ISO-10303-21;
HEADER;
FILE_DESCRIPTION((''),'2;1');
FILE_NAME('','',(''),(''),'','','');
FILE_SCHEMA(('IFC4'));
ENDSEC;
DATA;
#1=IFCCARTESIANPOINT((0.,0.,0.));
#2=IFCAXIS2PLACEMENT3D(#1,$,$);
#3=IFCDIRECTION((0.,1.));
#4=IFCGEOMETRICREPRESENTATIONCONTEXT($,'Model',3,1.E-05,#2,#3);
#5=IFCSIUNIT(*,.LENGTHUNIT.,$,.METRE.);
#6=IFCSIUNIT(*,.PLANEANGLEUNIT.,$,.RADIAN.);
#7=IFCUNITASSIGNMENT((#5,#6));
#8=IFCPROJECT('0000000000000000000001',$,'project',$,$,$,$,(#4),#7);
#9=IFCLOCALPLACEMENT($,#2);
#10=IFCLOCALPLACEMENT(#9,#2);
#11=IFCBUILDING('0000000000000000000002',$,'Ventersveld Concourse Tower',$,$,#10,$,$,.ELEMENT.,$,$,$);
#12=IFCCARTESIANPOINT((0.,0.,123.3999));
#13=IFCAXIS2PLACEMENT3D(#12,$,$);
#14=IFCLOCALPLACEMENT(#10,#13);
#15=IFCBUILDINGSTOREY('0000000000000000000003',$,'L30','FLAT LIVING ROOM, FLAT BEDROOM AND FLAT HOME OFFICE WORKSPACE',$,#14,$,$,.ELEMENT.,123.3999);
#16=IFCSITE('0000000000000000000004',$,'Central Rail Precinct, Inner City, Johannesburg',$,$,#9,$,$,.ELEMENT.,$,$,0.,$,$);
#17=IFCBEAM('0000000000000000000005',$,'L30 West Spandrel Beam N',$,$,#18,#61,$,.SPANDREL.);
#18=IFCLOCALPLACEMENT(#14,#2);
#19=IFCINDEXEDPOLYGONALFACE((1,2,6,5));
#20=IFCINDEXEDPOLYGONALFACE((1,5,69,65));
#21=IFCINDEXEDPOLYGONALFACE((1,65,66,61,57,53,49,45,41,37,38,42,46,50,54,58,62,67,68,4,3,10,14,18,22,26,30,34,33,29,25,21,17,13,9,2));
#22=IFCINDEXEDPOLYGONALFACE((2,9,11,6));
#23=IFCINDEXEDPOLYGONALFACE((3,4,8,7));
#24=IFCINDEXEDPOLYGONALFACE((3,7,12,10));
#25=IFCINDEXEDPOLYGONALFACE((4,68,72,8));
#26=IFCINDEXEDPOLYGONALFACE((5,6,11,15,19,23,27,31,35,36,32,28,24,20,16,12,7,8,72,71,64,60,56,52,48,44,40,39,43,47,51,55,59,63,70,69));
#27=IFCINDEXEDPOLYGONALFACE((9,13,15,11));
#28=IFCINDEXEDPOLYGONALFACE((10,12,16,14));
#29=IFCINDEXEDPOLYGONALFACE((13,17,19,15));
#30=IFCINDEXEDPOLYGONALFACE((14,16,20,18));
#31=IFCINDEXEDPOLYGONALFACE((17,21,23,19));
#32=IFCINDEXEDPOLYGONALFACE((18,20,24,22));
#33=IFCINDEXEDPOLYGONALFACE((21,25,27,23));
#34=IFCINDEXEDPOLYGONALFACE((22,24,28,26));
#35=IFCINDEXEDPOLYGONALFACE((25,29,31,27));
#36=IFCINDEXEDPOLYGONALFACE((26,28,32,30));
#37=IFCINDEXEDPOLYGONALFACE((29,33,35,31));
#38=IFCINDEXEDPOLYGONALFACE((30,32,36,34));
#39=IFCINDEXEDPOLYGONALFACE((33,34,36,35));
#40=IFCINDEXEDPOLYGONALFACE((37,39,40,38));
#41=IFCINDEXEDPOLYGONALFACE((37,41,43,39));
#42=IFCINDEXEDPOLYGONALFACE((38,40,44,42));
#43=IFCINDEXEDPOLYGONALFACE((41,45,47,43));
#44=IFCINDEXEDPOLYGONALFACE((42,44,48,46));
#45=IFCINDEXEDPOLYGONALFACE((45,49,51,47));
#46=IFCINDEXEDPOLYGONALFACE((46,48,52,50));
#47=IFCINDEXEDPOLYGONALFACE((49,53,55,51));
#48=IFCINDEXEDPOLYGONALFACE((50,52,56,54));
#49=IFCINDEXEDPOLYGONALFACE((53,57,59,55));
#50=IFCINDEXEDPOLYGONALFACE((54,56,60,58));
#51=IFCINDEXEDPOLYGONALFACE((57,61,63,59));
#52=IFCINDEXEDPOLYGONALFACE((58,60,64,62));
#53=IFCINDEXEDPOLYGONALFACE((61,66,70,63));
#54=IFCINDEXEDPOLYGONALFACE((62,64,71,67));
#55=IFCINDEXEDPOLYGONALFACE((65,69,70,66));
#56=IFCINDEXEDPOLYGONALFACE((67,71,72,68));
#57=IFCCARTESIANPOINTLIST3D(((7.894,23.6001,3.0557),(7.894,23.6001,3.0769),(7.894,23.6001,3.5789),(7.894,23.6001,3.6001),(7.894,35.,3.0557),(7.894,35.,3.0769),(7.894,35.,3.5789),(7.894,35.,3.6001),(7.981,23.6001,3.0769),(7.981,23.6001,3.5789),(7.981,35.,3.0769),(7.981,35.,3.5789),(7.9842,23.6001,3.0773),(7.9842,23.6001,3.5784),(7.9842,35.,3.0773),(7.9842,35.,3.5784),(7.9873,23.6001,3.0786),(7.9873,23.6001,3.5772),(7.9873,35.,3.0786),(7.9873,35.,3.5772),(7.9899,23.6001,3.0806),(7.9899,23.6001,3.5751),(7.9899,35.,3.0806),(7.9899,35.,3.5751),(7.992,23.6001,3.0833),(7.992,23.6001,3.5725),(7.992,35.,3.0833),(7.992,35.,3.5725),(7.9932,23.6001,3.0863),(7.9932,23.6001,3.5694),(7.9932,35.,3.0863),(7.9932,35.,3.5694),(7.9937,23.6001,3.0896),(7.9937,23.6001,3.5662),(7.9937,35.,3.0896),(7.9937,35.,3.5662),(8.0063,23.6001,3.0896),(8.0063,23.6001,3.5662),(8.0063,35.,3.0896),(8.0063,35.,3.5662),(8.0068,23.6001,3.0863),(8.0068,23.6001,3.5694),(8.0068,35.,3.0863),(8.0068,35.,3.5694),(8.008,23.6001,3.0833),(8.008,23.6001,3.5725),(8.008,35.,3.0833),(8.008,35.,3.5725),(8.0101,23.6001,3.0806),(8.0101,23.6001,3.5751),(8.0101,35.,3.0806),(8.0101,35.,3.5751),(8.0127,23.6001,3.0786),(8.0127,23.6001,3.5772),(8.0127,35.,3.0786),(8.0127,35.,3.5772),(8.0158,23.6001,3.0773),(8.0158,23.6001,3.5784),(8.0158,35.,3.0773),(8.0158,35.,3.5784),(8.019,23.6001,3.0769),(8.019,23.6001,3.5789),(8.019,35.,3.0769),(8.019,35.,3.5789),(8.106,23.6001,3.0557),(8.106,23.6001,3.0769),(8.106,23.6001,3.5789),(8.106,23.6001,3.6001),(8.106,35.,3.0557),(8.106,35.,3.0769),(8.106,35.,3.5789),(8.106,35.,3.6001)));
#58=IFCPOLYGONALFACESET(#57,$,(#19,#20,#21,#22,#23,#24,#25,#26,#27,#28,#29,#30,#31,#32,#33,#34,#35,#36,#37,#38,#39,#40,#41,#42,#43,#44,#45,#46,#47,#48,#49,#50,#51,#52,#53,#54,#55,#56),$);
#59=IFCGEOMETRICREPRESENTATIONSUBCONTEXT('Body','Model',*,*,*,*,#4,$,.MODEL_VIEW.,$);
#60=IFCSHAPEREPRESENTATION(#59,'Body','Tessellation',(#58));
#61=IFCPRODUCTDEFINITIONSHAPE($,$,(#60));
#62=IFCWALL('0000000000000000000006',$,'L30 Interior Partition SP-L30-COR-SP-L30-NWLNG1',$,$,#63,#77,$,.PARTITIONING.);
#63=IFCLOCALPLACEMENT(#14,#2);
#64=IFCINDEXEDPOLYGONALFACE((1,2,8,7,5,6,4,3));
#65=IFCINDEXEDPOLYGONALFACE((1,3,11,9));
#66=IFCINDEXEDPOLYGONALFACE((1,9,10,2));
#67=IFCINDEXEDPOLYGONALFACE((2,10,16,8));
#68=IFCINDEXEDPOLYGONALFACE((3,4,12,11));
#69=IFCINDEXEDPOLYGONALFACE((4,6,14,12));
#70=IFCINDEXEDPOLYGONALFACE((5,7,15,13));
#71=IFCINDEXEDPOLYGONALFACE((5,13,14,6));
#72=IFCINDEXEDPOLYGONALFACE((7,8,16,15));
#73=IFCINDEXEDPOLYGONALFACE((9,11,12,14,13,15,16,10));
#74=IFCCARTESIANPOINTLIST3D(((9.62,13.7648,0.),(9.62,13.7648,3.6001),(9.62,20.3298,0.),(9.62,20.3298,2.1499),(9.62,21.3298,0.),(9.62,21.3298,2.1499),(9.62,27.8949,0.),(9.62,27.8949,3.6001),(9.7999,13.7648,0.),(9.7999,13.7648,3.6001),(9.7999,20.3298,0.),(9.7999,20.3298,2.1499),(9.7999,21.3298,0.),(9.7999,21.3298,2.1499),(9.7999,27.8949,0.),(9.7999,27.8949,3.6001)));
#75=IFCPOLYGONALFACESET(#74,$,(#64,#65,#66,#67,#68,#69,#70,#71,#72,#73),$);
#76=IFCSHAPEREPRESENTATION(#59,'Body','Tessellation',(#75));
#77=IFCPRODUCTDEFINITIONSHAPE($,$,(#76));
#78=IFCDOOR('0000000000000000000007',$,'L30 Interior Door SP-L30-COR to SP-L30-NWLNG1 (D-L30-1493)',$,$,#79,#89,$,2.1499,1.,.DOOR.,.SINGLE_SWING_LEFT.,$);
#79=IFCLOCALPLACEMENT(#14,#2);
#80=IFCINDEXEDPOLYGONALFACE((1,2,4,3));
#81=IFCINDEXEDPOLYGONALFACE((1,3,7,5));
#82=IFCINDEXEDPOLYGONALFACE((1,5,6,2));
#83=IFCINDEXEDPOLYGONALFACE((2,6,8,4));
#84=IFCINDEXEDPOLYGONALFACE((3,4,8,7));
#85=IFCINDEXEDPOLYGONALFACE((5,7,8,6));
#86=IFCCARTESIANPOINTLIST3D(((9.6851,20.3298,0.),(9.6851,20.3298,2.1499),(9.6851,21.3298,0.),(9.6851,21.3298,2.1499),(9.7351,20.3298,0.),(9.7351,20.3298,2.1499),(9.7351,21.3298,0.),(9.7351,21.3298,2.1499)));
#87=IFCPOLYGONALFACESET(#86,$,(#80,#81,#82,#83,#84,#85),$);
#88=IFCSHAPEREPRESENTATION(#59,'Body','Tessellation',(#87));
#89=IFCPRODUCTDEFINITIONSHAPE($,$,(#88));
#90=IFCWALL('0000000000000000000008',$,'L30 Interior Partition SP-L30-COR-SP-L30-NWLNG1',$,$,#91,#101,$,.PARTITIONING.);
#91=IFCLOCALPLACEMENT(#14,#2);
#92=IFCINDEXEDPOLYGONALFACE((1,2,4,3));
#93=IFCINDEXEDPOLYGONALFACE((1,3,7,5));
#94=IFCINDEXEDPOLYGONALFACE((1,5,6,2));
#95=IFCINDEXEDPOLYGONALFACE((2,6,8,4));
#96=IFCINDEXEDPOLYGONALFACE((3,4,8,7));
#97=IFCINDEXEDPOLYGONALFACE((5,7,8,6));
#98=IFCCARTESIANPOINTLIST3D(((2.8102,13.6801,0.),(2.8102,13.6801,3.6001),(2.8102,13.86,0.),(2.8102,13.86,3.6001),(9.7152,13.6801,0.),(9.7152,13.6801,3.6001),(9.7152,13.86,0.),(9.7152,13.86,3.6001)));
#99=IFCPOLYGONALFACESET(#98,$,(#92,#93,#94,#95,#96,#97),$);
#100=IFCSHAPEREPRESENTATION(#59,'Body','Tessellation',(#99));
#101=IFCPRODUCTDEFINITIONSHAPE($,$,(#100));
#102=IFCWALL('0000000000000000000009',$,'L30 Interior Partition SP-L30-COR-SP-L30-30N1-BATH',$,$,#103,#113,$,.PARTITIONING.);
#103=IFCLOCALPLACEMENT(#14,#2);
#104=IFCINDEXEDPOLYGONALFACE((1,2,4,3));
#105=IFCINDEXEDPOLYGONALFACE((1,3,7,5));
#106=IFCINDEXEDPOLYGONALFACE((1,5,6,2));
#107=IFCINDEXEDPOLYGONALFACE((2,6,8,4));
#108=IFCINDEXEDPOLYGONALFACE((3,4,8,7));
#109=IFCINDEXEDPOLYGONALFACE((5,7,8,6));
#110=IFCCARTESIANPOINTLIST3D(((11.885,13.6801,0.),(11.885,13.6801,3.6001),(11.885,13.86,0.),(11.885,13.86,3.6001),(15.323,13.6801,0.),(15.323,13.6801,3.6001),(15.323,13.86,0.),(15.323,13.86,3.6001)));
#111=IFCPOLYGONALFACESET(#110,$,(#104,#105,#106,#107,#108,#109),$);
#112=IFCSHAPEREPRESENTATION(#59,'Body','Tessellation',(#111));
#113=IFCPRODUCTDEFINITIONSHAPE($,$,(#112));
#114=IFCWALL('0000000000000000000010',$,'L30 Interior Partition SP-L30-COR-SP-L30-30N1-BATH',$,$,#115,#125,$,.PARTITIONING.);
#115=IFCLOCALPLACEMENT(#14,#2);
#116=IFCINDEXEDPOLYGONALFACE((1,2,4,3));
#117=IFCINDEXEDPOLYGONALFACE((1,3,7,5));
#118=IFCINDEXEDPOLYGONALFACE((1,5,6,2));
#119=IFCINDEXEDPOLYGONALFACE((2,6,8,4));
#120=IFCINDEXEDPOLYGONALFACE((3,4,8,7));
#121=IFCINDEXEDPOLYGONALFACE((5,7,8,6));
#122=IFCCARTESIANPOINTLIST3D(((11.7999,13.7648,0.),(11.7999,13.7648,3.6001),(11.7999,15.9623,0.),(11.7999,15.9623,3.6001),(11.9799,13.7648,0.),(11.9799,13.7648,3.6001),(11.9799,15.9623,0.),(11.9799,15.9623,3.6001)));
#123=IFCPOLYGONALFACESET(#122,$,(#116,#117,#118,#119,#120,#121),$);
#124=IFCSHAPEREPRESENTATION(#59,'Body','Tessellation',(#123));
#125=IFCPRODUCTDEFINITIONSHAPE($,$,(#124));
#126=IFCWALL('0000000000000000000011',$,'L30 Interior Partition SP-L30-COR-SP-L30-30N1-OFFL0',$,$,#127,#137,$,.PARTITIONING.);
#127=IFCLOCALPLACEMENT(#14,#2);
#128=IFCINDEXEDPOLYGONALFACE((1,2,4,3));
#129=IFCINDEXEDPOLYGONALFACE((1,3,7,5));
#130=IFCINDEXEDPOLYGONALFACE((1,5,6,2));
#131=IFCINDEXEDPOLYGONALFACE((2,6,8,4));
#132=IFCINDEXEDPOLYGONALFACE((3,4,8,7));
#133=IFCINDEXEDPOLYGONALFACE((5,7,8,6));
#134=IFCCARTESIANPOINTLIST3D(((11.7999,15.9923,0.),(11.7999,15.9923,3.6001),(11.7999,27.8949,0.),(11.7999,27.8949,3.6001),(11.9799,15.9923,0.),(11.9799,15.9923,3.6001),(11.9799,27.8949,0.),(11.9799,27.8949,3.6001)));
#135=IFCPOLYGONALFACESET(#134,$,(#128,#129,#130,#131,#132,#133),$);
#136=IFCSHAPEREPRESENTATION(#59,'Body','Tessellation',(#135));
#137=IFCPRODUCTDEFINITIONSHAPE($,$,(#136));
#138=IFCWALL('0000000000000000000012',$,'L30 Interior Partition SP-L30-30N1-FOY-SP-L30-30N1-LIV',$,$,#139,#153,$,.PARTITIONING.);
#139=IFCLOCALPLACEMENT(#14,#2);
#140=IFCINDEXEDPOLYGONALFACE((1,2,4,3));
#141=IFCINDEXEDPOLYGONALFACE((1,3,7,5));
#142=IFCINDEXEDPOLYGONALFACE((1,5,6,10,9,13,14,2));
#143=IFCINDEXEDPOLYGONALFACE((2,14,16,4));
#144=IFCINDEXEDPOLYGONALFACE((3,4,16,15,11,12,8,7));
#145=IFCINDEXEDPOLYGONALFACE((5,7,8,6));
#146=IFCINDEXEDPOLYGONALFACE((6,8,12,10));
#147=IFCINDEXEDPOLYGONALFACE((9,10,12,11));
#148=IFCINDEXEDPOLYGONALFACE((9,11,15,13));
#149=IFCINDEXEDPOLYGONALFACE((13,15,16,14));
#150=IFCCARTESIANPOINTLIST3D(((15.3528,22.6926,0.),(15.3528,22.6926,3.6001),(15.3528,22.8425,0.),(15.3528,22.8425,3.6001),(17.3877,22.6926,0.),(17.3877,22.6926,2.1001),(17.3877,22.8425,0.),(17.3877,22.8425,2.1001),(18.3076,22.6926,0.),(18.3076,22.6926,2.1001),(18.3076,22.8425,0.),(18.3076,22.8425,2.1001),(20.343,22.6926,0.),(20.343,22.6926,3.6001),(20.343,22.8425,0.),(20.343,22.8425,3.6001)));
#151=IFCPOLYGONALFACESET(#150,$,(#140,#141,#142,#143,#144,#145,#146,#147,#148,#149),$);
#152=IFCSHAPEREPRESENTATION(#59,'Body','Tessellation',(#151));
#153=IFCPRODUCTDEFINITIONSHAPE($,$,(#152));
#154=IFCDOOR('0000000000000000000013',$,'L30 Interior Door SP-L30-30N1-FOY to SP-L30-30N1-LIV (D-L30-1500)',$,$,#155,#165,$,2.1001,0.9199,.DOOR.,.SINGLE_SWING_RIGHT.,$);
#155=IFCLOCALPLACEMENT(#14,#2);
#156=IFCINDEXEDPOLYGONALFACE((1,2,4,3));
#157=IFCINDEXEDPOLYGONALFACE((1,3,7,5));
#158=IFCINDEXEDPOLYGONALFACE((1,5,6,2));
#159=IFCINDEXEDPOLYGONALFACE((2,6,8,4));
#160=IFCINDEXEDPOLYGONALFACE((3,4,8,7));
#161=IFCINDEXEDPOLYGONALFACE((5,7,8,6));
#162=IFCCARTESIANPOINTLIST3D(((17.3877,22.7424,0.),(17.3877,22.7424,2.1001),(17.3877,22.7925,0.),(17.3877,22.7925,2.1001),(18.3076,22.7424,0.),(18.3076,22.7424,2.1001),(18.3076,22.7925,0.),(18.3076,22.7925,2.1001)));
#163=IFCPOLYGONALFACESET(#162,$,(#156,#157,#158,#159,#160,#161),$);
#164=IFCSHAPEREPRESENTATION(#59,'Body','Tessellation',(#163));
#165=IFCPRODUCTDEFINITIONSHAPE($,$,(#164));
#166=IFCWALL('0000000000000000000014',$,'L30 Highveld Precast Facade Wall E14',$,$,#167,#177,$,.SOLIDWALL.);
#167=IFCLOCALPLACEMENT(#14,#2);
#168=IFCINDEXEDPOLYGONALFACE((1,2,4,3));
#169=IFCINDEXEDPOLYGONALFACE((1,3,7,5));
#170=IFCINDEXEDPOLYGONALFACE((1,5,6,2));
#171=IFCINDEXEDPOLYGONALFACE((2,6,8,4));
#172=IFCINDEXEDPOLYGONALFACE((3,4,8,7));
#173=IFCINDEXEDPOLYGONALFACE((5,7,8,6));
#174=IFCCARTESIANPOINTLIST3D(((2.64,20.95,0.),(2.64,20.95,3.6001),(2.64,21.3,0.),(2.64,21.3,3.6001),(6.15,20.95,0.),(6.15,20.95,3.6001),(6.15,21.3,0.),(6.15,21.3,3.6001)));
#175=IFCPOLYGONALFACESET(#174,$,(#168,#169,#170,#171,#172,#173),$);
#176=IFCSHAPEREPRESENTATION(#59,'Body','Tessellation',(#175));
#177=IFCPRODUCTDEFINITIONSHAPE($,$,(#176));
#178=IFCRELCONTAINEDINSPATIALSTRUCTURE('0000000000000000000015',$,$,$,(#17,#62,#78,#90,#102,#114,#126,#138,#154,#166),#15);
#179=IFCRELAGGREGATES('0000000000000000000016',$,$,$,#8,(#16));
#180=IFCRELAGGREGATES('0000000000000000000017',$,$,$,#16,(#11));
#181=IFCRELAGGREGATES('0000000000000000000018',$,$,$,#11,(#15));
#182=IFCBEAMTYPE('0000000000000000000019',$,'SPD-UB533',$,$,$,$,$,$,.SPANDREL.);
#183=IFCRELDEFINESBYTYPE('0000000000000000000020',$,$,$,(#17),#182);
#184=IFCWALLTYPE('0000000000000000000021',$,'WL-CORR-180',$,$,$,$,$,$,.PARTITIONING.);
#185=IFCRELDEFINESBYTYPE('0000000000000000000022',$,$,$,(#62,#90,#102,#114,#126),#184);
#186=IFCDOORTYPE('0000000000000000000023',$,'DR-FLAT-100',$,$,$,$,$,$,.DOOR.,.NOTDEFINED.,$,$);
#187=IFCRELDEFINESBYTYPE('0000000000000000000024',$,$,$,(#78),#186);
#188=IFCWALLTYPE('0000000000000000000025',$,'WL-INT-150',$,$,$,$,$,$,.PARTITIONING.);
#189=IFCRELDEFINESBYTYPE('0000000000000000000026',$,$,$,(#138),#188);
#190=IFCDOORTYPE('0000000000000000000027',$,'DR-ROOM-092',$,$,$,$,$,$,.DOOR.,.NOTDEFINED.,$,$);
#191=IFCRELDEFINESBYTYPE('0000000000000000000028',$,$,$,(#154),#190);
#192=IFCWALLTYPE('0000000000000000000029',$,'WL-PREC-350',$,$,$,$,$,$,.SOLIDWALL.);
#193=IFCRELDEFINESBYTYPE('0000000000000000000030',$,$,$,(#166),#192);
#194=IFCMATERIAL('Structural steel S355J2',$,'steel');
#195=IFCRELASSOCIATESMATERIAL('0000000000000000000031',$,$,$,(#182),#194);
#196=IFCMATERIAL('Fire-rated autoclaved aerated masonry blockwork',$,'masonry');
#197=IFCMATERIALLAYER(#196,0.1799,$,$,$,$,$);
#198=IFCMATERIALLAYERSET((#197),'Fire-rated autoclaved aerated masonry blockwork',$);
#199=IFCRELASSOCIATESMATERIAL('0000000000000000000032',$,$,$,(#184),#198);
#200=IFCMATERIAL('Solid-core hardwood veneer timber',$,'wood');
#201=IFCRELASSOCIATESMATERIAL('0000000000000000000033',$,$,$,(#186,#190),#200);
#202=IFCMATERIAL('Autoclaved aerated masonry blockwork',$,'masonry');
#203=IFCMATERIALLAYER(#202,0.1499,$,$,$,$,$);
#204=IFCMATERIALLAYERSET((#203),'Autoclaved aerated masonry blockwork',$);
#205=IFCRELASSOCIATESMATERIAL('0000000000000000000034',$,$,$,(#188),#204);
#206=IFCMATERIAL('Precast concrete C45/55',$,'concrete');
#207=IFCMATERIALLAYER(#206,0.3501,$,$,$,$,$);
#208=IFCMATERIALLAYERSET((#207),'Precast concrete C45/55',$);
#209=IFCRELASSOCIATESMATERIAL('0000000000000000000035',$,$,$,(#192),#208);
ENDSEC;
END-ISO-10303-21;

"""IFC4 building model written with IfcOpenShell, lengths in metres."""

from ifc_helpers import new_model, si_unit, direction, frame, frame_2d, origin, origin_2d, place, context, subcontext, project, spatial, rectangle, i_section, extrude, material, layer, layer_set, material_profile, profile_set, type_object, element, fill, save


model = new_model("IFC4")

# Units and contexts
model_context = context("Model", 3, precision=1e-05, world=origin(), true_north=direction((0.0, 1.0)))
body_context = subcontext(model_context, "Body", "Model", "MODEL_VIEW")
ifc_project = project(units=[si_unit("LENGTHUNIT", "METRE"), si_unit("PLANEANGLEUNIT", "RADIAN")], contexts=[model_context])

# Site, building, storey
site_placement = place(None, origin())
site = spatial("IfcSite", under=ifc_project, at=site_placement, Name="Central Rail Precinct, Inner City, Johannesburg", CompositionType="ELEMENT", RefElevation=0.0)
building_placement = place(site_placement, origin())
building = spatial("IfcBuilding", under=site, at=building_placement, Name="Ventersveld Concourse Tower", CompositionType="ELEMENT")
storey_placement = place(building_placement, frame((0.0, 0.0, 123.3999)))
storey = spatial("IfcBuildingStorey", under=building, at=storey_placement, Name="L30", Description="FLAT LIVING ROOM, FLAT BEDROOM AND FLAT HOME OFFICE WORKSPACE", CompositionType="ELEMENT", Elevation=123.3999)

# Beam
ifc_material_1 = material(Name="Structural steel S355J2", Category="steel")
ifc_material_profile_1 = material_profile(ifc_material_1, i_section(OverallWidth=0.2119, OverallDepth=0.5444, WebThickness=0.0127, FlangeThickness=0.0212, FilletRadius=0.0127, at=origin_2d()), Name="UB 533x210x122")
ifc_profile_set_1 = profile_set([ifc_material_profile_1], Name="Structural steel S355J2")
beam_type_1 = type_object("IfcBeamType", Name="SPD-UB533", PredefinedType="SPANDREL", material=ifc_profile_set_1)
beam_1_placement = place(storey_placement, frame((8.0, 23.6001, 3.3279), z_axis=(0.0, 1.0, 0.0), x_axis=(-1.0, 0.0, 0.0)))
element("IfcBeam", 1, at=beam_1_placement, inside=storey, type_object=beam_type_1, Name="L30 West Spandrel Beam N", PredefinedType="SPANDREL", context=body_context, shape_type="SweptSolid", body=[
    extrude(i_section(OverallWidth=0.2119, OverallDepth=0.5444, WebThickness=0.0127, FlangeThickness=0.0212, FilletRadius=0.0127, at=origin_2d()), origin(), (0.0, 0.0, 1.0), 11.3999),
])

# Wall, opening, door
ifc_material_2 = material(Name="Fire-rated autoclaved aerated masonry blockwork", Category="masonry")
ifc_layer_1 = layer(ifc_material_2, 0.1799)
ifc_layer_set_1 = layer_set([ifc_layer_1], Name="Fire-rated autoclaved aerated masonry blockwork")
wall_type_1 = type_object("IfcWallType", Name="WL-CORR-180", PredefinedType="PARTITIONING", material=ifc_layer_set_1)
wall_1_placement = place(storey_placement, frame((9.71, 13.7649, 0.0), z_axis=(0.0, 0.0, 1.0), x_axis=(0.0, 1.0, 0.0)))
wall_1 = element("IfcWall", 2, at=wall_1_placement, inside=storey, type_object=wall_type_1, Name="L30 Interior Partition SP-L30-COR-SP-L30-NWLNG1", PredefinedType="PARTITIONING", context=body_context, shape_type="SweptSolid", body=[
    extrude(rectangle(XDim=14.1301, YDim=0.1799, at=frame_2d((7.0649, 0.0))), origin(), (0.0, 0.0, 1.0), 3.6001),
])
opening_1_placement = place(wall_1_placement, frame((6.5649, 0.0, 0.0)))
opening_1 = element("IfcOpeningElement", 3, at=opening_1_placement, cuts=wall_1, PredefinedType="OPENING", context=body_context, shape_type="SweptSolid", body=[
    extrude(rectangle(XDim=1.0, YDim=2.1499, at=frame_2d((0.5, 1.075))), frame((0.0, 0.1001, 0.0), z_axis=(0.0, -1.0, 0.0), x_axis=(1.0, 0.0, 0.0)), (0.0, 0.0, 1.0), 0.2),
])
ifc_material_3 = material(Name="Solid-core hardwood veneer timber", Category="wood")
door_type_1 = type_object("IfcDoorType", Name="DR-FLAT-100", OperationType="NOTDEFINED", PredefinedType="DOOR", material=ifc_material_3)
door_1_placement = place(opening_1_placement, origin())
door_1 = element("IfcDoor", 4, at=door_1_placement, inside=storey, type_object=door_type_1, Name="L30 Interior Door SP-L30-COR to SP-L30-NWLNG1 (D-L30-1493)", OperationType="SINGLE_SWING_LEFT", OverallHeight=2.1499, OverallWidth=1.0, PredefinedType="DOOR", context=body_context, shape_type="SweptSolid", body=[
    extrude(rectangle(XDim=1.0, YDim=2.1499, at=frame_2d((0.5, 1.075))), frame((0.0, 0.0249, 0.0), z_axis=(0.0, -1.0, 0.0), x_axis=(1.0, 0.0, 0.0)), (0.0, 0.0, 1.0), 0.05),
])
fill(opening_1, door_1)

# Wall
wall_2_placement = place(storey_placement, frame((2.8101, 13.77, 0.0), z_axis=(0.0, 0.0, 1.0), x_axis=(1.0, 0.0, 0.0)))
element("IfcWall", 5, at=wall_2_placement, inside=storey, type_object=wall_type_1, Name="L30 Interior Partition SP-L30-COR-SP-L30-NWLNG1", PredefinedType="PARTITIONING", context=body_context, shape_type="SweptSolid", body=[
    extrude(rectangle(XDim=6.905, YDim=0.1799, at=frame_2d((3.4526, 0.0))), origin(), (0.0, 0.0, 1.0), 3.6001),
])

# Walls
wall_3_placement = place(storey_placement, frame((11.885, 13.77, 0.0), z_axis=(0.0, 0.0, 1.0), x_axis=(1.0, 0.0, 0.0)))
element("IfcWall", 6, at=wall_3_placement, inside=storey, type_object=wall_type_1, Name="L30 Interior Partition SP-L30-COR-SP-L30-30N1-BATH", PredefinedType="PARTITIONING", context=body_context, shape_type="SweptSolid", body=[
    extrude(rectangle(XDim=3.438, YDim=0.1799, at=frame_2d((1.719, 0.0))), origin(), (0.0, 0.0, 1.0), 3.6001),
])
wall_4_placement = place(storey_placement, frame((11.8899, 13.7649, 0.0), z_axis=(0.0, 0.0, 1.0), x_axis=(0.0, 1.0, 0.0)))
element("IfcWall", 7, at=wall_4_placement, inside=storey, type_object=wall_type_1, Name="L30 Interior Partition SP-L30-COR-SP-L30-30N1-BATH", PredefinedType="PARTITIONING", context=body_context, shape_type="SweptSolid", body=[
    extrude(rectangle(XDim=2.1975, YDim=0.1799, at=frame_2d((1.0986, 0.0))), origin(), (0.0, 0.0, 1.0), 3.6001),
])
wall_5_placement = place(storey_placement, frame((11.8899, 15.9924, 0.0), z_axis=(0.0, 0.0, 1.0), x_axis=(0.0, 1.0, 0.0)))
element("IfcWall", 8, at=wall_5_placement, inside=storey, type_object=wall_type_1, Name="L30 Interior Partition SP-L30-COR-SP-L30-30N1-OFFL0", PredefinedType="PARTITIONING", context=body_context, shape_type="SweptSolid", body=[
    extrude(rectangle(XDim=11.9026, YDim=0.1799, at=frame_2d((5.9512, 0.0))), origin(), (0.0, 0.0, 1.0), 3.6001),
])

# Wall, opening, door
ifc_material_4 = material(Name="Autoclaved aerated masonry blockwork", Category="masonry")
ifc_layer_2 = layer(ifc_material_4, 0.1499)
ifc_layer_set_2 = layer_set([ifc_layer_2], Name="Autoclaved aerated masonry blockwork")
wall_type_2 = type_object("IfcWallType", Name="WL-INT-150", PredefinedType="PARTITIONING", material=ifc_layer_set_2)
wall_6_placement = place(storey_placement, frame((15.3528, 22.7676, 0.0), z_axis=(0.0, 0.0, 1.0), x_axis=(1.0, 0.0, 0.0)))
wall_6 = element("IfcWall", 9, at=wall_6_placement, inside=storey, type_object=wall_type_2, Name="L30 Interior Partition SP-L30-30N1-FOY-SP-L30-30N1-LIV", PredefinedType="PARTITIONING", context=body_context, shape_type="SweptSolid", body=[
    extrude(rectangle(XDim=4.9902, YDim=0.1499, at=frame_2d((2.4951, 0.0))), origin(), (0.0, 0.0, 1.0), 3.6001),
])
opening_2_placement = place(wall_6_placement, frame((2.0349, 0.0, 0.0)))
opening_2 = element("IfcOpeningElement", 10, at=opening_2_placement, cuts=wall_6, PredefinedType="OPENING", context=body_context, shape_type="SweptSolid", body=[
    extrude(rectangle(XDim=0.9199, YDim=2.1001, at=frame_2d((0.46, 1.05))), frame((0.0, 0.085, 0.0), z_axis=(0.0, -1.0, 0.0), x_axis=(1.0, 0.0, 0.0)), (0.0, 0.0, 1.0), 0.1699),
])
door_type_2 = type_object("IfcDoorType", Name="DR-ROOM-092", OperationType="NOTDEFINED", PredefinedType="DOOR", material=ifc_material_3)
door_2_placement = place(opening_2_placement, origin())
door_2 = element("IfcDoor", 11, at=door_2_placement, inside=storey, type_object=door_type_2, Name="L30 Interior Door SP-L30-30N1-FOY to SP-L30-30N1-LIV (D-L30-1500)", OperationType="SINGLE_SWING_RIGHT", OverallHeight=2.1001, OverallWidth=0.9199, PredefinedType="DOOR", context=body_context, shape_type="SweptSolid", body=[
    extrude(rectangle(XDim=0.9199, YDim=2.1001, at=frame_2d((0.46, 1.05))), frame((0.0, 0.0249, 0.0), z_axis=(0.0, -1.0, 0.0), x_axis=(1.0, 0.0, 0.0)), (0.0, 0.0, 1.0), 0.05),
])
fill(opening_2, door_2)

# Wall
ifc_material_5 = material(Name="Precast concrete C45/55", Category="concrete")
ifc_layer_3 = layer(ifc_material_5, 0.3501)
ifc_layer_set_3 = layer_set([ifc_layer_3], Name="Precast concrete C45/55")
wall_type_3 = type_object("IfcWallType", Name="WL-PREC-350", PredefinedType="SOLIDWALL", material=ifc_layer_set_3)
wall_7_placement = place(storey_placement, frame((6.1499, 21.125, 0.0), z_axis=(0.0, 0.0, 1.0), x_axis=(-1.0, 0.0, 0.0)))
element("IfcWall", 12, at=wall_7_placement, inside=storey, type_object=wall_type_3, Name="L30 Highveld Precast Facade Wall E14", PredefinedType="SOLIDWALL", context=body_context, shape_type="SweptSolid", body=[
    extrude(rectangle(XDim=3.51, YDim=0.3501, at=frame_2d((1.7549, 0.0))), origin(), (0.0, 0.0, 1.0), 3.6001),
])

save(model, "model.ifc")
